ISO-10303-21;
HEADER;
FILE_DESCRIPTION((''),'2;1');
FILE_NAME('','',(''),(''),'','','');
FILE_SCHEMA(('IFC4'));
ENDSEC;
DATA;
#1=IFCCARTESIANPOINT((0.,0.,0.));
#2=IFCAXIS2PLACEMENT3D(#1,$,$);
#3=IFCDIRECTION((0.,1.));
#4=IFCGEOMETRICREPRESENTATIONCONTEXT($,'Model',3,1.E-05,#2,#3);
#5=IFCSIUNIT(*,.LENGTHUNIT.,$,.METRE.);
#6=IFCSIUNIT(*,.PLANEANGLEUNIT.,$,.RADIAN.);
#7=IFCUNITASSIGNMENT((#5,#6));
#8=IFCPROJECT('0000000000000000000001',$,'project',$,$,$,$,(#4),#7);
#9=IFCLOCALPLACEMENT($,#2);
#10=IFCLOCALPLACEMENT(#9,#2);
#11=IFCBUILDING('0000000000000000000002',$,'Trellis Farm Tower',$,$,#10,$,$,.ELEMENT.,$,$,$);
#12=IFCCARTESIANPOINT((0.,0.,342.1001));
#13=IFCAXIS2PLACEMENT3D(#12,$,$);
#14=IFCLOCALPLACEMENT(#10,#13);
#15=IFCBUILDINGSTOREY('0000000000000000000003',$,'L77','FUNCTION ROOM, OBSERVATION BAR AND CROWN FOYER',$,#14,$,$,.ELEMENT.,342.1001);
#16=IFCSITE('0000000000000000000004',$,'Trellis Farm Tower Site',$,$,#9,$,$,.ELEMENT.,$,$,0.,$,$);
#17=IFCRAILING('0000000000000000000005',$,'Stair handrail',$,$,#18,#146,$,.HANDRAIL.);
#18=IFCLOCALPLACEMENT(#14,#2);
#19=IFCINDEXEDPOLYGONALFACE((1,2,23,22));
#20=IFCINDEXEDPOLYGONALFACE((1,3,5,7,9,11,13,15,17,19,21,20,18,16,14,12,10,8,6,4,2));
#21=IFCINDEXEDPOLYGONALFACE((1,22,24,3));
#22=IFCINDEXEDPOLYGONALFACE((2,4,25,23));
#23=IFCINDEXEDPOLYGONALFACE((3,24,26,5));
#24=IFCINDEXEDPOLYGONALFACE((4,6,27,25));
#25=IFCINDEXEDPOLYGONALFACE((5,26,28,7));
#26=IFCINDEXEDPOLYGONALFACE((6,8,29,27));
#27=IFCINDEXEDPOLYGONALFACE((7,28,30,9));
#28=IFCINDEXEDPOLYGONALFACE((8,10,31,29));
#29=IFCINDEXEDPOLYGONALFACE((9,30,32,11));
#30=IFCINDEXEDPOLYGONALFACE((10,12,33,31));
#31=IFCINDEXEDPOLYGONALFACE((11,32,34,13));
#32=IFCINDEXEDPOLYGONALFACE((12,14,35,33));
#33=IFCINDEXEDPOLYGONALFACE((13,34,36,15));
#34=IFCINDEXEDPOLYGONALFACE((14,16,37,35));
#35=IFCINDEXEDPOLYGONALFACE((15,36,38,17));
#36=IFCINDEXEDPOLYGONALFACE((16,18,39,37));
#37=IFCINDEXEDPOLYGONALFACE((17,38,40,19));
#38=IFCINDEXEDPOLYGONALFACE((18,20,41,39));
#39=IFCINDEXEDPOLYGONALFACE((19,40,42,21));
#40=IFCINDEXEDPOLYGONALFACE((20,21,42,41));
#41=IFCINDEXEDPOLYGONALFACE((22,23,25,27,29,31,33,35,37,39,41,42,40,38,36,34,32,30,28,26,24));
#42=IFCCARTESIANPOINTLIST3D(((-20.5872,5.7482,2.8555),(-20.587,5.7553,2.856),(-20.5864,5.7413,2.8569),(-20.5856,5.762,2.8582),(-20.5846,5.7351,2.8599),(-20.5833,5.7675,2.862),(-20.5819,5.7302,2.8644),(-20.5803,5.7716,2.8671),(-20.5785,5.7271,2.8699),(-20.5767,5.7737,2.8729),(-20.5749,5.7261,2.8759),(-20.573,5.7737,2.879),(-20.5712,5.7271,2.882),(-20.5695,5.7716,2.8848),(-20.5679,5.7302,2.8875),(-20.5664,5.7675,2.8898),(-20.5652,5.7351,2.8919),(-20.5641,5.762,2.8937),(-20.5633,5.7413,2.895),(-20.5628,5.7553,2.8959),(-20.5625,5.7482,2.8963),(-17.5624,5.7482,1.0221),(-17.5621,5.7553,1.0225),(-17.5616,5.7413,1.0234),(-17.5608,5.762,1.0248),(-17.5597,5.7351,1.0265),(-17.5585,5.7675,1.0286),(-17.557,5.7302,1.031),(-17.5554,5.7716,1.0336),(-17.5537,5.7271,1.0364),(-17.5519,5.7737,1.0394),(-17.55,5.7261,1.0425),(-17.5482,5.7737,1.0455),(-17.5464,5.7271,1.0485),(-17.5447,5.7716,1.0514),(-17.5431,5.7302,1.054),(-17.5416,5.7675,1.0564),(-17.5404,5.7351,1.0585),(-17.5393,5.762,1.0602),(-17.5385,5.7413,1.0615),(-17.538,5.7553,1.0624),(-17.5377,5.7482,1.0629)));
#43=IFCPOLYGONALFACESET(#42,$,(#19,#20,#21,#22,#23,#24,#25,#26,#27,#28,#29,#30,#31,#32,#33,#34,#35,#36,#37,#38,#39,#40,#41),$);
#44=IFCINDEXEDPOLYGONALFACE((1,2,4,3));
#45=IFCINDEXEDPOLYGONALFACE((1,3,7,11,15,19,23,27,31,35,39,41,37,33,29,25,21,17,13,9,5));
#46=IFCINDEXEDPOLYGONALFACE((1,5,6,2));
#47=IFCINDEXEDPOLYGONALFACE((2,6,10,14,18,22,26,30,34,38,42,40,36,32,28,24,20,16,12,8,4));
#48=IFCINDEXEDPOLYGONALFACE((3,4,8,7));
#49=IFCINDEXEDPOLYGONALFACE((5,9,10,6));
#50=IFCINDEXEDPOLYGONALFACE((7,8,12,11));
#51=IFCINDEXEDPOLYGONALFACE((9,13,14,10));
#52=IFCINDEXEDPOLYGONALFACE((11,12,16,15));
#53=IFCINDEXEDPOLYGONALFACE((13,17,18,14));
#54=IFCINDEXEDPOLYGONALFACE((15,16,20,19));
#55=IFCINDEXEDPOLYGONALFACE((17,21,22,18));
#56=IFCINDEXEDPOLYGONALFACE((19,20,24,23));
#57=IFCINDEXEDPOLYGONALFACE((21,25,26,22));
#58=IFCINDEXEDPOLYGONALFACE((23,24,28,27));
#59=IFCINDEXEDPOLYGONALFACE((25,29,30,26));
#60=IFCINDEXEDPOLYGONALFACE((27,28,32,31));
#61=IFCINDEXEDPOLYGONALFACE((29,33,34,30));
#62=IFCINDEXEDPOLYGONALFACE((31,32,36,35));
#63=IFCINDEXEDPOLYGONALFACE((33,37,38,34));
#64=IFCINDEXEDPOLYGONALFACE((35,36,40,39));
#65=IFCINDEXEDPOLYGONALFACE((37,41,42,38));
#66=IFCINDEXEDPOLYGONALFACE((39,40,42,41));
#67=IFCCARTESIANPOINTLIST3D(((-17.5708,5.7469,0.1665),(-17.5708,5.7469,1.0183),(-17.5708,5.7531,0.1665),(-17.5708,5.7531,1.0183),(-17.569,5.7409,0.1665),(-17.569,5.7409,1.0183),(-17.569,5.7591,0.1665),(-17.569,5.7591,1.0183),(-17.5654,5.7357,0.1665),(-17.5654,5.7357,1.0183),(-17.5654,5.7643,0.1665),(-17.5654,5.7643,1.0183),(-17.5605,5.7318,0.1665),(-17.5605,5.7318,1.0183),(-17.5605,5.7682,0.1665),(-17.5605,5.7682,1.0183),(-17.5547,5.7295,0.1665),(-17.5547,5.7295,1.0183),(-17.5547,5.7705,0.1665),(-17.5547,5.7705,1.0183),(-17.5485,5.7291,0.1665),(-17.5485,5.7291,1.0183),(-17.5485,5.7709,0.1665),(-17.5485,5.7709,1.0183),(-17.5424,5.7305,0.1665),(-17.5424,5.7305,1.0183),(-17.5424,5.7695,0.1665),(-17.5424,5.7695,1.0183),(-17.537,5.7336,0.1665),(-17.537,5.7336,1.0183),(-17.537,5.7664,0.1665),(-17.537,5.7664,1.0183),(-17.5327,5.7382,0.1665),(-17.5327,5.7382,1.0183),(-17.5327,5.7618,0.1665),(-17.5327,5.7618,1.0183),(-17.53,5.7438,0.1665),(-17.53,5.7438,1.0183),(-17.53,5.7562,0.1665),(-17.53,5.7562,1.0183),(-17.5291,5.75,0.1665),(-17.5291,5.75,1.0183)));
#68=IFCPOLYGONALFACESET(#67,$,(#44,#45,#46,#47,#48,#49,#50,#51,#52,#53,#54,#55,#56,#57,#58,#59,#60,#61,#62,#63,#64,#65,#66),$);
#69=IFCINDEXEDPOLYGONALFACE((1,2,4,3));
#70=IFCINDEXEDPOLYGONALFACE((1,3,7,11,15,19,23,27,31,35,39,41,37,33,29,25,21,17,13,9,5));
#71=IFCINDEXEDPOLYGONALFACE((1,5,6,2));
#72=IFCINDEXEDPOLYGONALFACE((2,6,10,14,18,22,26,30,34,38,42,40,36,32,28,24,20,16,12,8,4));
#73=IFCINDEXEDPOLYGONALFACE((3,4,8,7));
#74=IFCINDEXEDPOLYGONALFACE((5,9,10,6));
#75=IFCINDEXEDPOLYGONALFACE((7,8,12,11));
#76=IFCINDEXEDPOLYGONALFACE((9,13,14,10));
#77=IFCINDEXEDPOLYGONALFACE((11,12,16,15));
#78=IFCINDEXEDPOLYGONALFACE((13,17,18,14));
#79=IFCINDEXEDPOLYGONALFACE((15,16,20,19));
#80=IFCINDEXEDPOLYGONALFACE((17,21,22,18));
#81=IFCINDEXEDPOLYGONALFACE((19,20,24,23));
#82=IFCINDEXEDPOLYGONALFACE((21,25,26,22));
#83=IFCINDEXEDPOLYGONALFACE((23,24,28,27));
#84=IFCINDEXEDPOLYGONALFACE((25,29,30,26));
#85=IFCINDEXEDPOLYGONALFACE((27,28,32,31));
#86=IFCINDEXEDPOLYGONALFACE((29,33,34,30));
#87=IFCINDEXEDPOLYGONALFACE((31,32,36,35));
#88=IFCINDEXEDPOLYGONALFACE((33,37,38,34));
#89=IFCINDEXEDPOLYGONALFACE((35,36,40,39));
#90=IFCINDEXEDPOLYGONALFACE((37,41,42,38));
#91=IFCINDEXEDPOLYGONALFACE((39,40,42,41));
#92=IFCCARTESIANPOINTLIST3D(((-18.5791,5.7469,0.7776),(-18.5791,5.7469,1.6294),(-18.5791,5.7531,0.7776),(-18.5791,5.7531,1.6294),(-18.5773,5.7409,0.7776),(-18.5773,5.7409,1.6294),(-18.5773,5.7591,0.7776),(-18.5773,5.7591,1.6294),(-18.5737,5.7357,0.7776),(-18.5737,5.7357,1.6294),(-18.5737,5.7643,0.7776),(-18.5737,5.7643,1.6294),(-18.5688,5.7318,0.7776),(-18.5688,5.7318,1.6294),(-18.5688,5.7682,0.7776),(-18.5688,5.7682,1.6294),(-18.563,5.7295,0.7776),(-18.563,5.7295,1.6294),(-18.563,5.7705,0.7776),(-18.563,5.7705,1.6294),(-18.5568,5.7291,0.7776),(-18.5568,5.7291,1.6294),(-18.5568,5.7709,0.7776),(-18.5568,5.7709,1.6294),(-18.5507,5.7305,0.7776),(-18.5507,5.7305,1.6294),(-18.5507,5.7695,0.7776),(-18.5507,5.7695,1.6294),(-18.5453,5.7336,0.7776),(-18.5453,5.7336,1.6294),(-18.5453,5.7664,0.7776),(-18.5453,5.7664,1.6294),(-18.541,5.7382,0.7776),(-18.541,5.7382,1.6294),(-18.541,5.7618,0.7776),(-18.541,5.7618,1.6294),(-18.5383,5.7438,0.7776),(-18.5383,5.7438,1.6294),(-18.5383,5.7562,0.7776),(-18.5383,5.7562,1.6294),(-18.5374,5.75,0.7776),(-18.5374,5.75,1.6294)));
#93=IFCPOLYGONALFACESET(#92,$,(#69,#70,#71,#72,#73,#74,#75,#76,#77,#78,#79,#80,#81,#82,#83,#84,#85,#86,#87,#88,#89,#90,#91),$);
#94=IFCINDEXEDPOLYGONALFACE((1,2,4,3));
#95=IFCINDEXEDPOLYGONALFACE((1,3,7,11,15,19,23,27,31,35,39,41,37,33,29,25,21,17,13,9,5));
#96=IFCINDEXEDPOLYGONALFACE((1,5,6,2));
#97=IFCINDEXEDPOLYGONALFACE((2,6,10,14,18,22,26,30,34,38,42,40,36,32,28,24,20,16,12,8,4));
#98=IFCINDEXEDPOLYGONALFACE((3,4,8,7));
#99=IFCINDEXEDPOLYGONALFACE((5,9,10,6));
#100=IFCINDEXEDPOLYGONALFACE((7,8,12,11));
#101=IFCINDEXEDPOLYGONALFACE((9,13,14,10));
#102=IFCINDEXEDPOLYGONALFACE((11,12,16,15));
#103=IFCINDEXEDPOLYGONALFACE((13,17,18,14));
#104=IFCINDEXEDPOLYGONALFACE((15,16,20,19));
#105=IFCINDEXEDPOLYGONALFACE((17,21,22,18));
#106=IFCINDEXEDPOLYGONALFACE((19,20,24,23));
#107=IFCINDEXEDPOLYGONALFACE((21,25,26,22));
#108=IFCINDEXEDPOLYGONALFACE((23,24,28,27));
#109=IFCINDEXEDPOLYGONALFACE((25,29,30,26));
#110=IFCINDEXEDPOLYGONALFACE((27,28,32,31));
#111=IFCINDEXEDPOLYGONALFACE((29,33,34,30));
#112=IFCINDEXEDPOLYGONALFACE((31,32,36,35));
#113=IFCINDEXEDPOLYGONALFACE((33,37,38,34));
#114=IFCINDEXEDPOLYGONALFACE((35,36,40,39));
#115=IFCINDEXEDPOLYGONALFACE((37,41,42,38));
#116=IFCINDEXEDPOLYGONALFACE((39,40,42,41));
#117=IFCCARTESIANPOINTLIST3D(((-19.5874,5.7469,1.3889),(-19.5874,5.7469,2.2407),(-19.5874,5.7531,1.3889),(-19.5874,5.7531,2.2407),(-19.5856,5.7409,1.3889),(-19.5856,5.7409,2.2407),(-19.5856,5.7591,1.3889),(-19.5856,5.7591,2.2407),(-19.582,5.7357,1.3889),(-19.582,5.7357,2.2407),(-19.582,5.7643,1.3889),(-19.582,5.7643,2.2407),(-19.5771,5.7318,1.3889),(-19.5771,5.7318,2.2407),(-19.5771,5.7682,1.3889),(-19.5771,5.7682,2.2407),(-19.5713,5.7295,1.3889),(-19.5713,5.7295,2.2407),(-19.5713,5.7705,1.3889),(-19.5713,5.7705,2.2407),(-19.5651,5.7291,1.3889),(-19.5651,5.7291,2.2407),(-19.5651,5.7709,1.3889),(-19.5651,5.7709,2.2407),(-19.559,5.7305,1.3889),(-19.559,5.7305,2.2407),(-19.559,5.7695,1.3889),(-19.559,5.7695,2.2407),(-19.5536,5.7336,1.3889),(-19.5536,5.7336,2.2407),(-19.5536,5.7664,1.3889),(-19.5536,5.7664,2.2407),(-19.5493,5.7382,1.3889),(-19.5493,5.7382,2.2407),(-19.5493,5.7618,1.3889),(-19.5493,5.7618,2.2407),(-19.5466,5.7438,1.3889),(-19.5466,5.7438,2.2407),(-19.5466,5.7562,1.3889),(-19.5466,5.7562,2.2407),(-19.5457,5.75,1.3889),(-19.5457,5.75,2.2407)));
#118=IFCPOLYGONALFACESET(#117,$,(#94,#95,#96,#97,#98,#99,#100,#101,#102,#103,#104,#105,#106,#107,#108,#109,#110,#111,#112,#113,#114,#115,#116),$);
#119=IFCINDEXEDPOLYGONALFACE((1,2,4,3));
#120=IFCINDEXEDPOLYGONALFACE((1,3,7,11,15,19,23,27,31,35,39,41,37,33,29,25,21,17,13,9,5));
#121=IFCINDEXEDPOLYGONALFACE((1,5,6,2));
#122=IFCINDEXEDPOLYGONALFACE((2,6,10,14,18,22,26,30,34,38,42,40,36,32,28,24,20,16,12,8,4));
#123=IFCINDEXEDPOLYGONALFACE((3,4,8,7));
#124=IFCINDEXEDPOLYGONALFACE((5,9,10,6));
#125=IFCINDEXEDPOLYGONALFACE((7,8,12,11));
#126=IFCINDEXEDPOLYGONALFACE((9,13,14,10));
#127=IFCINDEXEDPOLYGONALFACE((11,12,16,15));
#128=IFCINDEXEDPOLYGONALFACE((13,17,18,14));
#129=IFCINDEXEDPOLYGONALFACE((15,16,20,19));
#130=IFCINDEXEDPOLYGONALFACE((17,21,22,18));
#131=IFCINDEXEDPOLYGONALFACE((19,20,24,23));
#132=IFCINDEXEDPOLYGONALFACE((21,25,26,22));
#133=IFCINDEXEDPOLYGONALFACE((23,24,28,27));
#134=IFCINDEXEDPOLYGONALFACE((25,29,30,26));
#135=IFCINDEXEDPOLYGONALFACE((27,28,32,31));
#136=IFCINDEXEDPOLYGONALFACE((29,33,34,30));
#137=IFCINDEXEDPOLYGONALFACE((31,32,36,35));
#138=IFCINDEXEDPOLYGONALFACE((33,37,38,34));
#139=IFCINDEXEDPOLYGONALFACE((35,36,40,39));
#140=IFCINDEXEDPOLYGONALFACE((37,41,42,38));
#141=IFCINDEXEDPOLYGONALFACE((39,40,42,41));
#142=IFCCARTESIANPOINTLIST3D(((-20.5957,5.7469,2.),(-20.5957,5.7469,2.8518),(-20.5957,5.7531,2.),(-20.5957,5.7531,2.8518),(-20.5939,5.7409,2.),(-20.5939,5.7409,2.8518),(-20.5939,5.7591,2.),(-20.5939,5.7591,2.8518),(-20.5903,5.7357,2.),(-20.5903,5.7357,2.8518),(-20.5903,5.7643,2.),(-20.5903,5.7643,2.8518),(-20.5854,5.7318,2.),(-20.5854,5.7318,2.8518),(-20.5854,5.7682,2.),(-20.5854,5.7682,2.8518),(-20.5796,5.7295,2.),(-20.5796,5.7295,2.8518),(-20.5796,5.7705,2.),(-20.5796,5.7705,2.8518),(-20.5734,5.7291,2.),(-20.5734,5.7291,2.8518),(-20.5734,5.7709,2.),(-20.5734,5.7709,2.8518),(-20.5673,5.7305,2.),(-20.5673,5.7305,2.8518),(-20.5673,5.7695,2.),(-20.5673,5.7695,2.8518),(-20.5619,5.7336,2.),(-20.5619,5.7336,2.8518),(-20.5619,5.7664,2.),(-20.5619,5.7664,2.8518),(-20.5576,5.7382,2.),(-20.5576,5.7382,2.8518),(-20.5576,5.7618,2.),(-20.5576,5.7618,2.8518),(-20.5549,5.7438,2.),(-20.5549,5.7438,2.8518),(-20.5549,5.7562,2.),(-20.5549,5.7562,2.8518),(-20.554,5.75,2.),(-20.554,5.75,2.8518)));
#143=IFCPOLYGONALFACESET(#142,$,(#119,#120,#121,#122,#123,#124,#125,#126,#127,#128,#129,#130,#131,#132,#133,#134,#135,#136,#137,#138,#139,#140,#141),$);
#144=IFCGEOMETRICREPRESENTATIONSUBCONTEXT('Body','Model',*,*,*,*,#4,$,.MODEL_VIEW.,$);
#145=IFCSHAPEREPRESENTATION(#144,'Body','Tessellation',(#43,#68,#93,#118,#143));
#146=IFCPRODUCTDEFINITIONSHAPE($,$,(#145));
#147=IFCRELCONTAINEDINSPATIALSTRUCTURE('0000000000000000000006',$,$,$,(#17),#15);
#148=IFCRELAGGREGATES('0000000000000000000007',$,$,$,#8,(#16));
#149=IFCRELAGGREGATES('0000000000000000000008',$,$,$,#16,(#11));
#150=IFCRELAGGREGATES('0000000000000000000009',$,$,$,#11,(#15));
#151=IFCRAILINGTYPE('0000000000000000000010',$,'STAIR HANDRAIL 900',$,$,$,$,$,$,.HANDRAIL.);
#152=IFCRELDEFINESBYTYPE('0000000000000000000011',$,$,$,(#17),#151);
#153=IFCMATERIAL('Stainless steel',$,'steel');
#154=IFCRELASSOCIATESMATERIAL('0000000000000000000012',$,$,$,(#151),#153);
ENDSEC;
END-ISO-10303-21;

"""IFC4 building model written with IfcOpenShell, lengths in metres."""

from ifc_helpers import new_model, si_unit, direction, frame, origin, origin_2d, place, context, subcontext, project, spatial, circle, extrude, source, transform, mapped, material, type_object, element, save


model = new_model("IFC4")

# Units and contexts
model_context = context("Model", 3, precision=1e-05, world=origin(), true_north=direction((0.0, 1.0)))
body_context = subcontext(model_context, "Body", "Model", "MODEL_VIEW")
ifc_project = project(units=[si_unit("LENGTHUNIT", "METRE"), si_unit("PLANEANGLEUNIT", "RADIAN")], contexts=[model_context])

# Site, building, storey
site_placement = place(None, origin())
site = spatial("IfcSite", under=ifc_project, at=site_placement, Name="Trellis Farm Tower Site", CompositionType="ELEMENT", RefElevation=0.0)
building_placement = place(site_placement, origin())
building = spatial("IfcBuilding", under=site, at=building_placement, Name="Trellis Farm Tower", CompositionType="ELEMENT")
storey_placement = place(building_placement, frame((0.0, 0.0, 342.1001)))
storey = spatial("IfcBuildingStorey", under=building, at=storey_placement, Name="L77", Description="FUNCTION ROOM, OBSERVATION BAR AND CROWN FOYER", CompositionType="ELEMENT", Elevation=342.1001)

# Railing
ifc_material_1 = material(Name="Stainless steel", Category="steel")
railing_type = type_object("IfcRailingType", Name="STAIR HANDRAIL 900", PredefinedType="HANDRAIL", material=ifc_material_1)
shared_shape_1 = source(origin(), body_context, "Body", "SweptSolid", [
    extrude(circle(Radius=0.0239, at=origin_2d()), frame((0.0, 0.0, 0.876), z_axis=(-0.85517, 0.0, 0.518348), x_axis=(0.0, -1.0, 0.0)), (0.0, 0.0, 1.0), 3.5371),
    extrude(circle(Radius=0.021, at=origin_2d()), origin(), (0.0, 0.0, 1.0), 0.8518),
    extrude(circle(Radius=0.021, at=origin_2d()), frame((-1.0083, 0.0, 0.6111)), (0.0, 0.0, 1.0), 0.8518),
    extrude(circle(Radius=0.021, at=origin_2d()), frame((-2.0166, 0.0, 1.2224)), (0.0, 0.0, 1.0), 0.8518),
    extrude(circle(Radius=0.021, at=origin_2d()), frame((-3.0249, 0.0, 1.8335)), (0.0, 0.0, 1.0), 0.8518),
])
for number, where, name in (
    (1, (-17.55, 5.75, 0.1665), "Stair handrail"),
):
    element("IfcRailing", number, at=place(storey_placement, frame(where)), inside=storey, type_object=railing_type, Name=name, PredefinedType="HANDRAIL", context=body_context, shape_type="MappedRepresentation", body=[
        mapped(shared_shape_1, transform((0.0, 0.0, 0.0))),
    ])

save(model, "model.ifc")
